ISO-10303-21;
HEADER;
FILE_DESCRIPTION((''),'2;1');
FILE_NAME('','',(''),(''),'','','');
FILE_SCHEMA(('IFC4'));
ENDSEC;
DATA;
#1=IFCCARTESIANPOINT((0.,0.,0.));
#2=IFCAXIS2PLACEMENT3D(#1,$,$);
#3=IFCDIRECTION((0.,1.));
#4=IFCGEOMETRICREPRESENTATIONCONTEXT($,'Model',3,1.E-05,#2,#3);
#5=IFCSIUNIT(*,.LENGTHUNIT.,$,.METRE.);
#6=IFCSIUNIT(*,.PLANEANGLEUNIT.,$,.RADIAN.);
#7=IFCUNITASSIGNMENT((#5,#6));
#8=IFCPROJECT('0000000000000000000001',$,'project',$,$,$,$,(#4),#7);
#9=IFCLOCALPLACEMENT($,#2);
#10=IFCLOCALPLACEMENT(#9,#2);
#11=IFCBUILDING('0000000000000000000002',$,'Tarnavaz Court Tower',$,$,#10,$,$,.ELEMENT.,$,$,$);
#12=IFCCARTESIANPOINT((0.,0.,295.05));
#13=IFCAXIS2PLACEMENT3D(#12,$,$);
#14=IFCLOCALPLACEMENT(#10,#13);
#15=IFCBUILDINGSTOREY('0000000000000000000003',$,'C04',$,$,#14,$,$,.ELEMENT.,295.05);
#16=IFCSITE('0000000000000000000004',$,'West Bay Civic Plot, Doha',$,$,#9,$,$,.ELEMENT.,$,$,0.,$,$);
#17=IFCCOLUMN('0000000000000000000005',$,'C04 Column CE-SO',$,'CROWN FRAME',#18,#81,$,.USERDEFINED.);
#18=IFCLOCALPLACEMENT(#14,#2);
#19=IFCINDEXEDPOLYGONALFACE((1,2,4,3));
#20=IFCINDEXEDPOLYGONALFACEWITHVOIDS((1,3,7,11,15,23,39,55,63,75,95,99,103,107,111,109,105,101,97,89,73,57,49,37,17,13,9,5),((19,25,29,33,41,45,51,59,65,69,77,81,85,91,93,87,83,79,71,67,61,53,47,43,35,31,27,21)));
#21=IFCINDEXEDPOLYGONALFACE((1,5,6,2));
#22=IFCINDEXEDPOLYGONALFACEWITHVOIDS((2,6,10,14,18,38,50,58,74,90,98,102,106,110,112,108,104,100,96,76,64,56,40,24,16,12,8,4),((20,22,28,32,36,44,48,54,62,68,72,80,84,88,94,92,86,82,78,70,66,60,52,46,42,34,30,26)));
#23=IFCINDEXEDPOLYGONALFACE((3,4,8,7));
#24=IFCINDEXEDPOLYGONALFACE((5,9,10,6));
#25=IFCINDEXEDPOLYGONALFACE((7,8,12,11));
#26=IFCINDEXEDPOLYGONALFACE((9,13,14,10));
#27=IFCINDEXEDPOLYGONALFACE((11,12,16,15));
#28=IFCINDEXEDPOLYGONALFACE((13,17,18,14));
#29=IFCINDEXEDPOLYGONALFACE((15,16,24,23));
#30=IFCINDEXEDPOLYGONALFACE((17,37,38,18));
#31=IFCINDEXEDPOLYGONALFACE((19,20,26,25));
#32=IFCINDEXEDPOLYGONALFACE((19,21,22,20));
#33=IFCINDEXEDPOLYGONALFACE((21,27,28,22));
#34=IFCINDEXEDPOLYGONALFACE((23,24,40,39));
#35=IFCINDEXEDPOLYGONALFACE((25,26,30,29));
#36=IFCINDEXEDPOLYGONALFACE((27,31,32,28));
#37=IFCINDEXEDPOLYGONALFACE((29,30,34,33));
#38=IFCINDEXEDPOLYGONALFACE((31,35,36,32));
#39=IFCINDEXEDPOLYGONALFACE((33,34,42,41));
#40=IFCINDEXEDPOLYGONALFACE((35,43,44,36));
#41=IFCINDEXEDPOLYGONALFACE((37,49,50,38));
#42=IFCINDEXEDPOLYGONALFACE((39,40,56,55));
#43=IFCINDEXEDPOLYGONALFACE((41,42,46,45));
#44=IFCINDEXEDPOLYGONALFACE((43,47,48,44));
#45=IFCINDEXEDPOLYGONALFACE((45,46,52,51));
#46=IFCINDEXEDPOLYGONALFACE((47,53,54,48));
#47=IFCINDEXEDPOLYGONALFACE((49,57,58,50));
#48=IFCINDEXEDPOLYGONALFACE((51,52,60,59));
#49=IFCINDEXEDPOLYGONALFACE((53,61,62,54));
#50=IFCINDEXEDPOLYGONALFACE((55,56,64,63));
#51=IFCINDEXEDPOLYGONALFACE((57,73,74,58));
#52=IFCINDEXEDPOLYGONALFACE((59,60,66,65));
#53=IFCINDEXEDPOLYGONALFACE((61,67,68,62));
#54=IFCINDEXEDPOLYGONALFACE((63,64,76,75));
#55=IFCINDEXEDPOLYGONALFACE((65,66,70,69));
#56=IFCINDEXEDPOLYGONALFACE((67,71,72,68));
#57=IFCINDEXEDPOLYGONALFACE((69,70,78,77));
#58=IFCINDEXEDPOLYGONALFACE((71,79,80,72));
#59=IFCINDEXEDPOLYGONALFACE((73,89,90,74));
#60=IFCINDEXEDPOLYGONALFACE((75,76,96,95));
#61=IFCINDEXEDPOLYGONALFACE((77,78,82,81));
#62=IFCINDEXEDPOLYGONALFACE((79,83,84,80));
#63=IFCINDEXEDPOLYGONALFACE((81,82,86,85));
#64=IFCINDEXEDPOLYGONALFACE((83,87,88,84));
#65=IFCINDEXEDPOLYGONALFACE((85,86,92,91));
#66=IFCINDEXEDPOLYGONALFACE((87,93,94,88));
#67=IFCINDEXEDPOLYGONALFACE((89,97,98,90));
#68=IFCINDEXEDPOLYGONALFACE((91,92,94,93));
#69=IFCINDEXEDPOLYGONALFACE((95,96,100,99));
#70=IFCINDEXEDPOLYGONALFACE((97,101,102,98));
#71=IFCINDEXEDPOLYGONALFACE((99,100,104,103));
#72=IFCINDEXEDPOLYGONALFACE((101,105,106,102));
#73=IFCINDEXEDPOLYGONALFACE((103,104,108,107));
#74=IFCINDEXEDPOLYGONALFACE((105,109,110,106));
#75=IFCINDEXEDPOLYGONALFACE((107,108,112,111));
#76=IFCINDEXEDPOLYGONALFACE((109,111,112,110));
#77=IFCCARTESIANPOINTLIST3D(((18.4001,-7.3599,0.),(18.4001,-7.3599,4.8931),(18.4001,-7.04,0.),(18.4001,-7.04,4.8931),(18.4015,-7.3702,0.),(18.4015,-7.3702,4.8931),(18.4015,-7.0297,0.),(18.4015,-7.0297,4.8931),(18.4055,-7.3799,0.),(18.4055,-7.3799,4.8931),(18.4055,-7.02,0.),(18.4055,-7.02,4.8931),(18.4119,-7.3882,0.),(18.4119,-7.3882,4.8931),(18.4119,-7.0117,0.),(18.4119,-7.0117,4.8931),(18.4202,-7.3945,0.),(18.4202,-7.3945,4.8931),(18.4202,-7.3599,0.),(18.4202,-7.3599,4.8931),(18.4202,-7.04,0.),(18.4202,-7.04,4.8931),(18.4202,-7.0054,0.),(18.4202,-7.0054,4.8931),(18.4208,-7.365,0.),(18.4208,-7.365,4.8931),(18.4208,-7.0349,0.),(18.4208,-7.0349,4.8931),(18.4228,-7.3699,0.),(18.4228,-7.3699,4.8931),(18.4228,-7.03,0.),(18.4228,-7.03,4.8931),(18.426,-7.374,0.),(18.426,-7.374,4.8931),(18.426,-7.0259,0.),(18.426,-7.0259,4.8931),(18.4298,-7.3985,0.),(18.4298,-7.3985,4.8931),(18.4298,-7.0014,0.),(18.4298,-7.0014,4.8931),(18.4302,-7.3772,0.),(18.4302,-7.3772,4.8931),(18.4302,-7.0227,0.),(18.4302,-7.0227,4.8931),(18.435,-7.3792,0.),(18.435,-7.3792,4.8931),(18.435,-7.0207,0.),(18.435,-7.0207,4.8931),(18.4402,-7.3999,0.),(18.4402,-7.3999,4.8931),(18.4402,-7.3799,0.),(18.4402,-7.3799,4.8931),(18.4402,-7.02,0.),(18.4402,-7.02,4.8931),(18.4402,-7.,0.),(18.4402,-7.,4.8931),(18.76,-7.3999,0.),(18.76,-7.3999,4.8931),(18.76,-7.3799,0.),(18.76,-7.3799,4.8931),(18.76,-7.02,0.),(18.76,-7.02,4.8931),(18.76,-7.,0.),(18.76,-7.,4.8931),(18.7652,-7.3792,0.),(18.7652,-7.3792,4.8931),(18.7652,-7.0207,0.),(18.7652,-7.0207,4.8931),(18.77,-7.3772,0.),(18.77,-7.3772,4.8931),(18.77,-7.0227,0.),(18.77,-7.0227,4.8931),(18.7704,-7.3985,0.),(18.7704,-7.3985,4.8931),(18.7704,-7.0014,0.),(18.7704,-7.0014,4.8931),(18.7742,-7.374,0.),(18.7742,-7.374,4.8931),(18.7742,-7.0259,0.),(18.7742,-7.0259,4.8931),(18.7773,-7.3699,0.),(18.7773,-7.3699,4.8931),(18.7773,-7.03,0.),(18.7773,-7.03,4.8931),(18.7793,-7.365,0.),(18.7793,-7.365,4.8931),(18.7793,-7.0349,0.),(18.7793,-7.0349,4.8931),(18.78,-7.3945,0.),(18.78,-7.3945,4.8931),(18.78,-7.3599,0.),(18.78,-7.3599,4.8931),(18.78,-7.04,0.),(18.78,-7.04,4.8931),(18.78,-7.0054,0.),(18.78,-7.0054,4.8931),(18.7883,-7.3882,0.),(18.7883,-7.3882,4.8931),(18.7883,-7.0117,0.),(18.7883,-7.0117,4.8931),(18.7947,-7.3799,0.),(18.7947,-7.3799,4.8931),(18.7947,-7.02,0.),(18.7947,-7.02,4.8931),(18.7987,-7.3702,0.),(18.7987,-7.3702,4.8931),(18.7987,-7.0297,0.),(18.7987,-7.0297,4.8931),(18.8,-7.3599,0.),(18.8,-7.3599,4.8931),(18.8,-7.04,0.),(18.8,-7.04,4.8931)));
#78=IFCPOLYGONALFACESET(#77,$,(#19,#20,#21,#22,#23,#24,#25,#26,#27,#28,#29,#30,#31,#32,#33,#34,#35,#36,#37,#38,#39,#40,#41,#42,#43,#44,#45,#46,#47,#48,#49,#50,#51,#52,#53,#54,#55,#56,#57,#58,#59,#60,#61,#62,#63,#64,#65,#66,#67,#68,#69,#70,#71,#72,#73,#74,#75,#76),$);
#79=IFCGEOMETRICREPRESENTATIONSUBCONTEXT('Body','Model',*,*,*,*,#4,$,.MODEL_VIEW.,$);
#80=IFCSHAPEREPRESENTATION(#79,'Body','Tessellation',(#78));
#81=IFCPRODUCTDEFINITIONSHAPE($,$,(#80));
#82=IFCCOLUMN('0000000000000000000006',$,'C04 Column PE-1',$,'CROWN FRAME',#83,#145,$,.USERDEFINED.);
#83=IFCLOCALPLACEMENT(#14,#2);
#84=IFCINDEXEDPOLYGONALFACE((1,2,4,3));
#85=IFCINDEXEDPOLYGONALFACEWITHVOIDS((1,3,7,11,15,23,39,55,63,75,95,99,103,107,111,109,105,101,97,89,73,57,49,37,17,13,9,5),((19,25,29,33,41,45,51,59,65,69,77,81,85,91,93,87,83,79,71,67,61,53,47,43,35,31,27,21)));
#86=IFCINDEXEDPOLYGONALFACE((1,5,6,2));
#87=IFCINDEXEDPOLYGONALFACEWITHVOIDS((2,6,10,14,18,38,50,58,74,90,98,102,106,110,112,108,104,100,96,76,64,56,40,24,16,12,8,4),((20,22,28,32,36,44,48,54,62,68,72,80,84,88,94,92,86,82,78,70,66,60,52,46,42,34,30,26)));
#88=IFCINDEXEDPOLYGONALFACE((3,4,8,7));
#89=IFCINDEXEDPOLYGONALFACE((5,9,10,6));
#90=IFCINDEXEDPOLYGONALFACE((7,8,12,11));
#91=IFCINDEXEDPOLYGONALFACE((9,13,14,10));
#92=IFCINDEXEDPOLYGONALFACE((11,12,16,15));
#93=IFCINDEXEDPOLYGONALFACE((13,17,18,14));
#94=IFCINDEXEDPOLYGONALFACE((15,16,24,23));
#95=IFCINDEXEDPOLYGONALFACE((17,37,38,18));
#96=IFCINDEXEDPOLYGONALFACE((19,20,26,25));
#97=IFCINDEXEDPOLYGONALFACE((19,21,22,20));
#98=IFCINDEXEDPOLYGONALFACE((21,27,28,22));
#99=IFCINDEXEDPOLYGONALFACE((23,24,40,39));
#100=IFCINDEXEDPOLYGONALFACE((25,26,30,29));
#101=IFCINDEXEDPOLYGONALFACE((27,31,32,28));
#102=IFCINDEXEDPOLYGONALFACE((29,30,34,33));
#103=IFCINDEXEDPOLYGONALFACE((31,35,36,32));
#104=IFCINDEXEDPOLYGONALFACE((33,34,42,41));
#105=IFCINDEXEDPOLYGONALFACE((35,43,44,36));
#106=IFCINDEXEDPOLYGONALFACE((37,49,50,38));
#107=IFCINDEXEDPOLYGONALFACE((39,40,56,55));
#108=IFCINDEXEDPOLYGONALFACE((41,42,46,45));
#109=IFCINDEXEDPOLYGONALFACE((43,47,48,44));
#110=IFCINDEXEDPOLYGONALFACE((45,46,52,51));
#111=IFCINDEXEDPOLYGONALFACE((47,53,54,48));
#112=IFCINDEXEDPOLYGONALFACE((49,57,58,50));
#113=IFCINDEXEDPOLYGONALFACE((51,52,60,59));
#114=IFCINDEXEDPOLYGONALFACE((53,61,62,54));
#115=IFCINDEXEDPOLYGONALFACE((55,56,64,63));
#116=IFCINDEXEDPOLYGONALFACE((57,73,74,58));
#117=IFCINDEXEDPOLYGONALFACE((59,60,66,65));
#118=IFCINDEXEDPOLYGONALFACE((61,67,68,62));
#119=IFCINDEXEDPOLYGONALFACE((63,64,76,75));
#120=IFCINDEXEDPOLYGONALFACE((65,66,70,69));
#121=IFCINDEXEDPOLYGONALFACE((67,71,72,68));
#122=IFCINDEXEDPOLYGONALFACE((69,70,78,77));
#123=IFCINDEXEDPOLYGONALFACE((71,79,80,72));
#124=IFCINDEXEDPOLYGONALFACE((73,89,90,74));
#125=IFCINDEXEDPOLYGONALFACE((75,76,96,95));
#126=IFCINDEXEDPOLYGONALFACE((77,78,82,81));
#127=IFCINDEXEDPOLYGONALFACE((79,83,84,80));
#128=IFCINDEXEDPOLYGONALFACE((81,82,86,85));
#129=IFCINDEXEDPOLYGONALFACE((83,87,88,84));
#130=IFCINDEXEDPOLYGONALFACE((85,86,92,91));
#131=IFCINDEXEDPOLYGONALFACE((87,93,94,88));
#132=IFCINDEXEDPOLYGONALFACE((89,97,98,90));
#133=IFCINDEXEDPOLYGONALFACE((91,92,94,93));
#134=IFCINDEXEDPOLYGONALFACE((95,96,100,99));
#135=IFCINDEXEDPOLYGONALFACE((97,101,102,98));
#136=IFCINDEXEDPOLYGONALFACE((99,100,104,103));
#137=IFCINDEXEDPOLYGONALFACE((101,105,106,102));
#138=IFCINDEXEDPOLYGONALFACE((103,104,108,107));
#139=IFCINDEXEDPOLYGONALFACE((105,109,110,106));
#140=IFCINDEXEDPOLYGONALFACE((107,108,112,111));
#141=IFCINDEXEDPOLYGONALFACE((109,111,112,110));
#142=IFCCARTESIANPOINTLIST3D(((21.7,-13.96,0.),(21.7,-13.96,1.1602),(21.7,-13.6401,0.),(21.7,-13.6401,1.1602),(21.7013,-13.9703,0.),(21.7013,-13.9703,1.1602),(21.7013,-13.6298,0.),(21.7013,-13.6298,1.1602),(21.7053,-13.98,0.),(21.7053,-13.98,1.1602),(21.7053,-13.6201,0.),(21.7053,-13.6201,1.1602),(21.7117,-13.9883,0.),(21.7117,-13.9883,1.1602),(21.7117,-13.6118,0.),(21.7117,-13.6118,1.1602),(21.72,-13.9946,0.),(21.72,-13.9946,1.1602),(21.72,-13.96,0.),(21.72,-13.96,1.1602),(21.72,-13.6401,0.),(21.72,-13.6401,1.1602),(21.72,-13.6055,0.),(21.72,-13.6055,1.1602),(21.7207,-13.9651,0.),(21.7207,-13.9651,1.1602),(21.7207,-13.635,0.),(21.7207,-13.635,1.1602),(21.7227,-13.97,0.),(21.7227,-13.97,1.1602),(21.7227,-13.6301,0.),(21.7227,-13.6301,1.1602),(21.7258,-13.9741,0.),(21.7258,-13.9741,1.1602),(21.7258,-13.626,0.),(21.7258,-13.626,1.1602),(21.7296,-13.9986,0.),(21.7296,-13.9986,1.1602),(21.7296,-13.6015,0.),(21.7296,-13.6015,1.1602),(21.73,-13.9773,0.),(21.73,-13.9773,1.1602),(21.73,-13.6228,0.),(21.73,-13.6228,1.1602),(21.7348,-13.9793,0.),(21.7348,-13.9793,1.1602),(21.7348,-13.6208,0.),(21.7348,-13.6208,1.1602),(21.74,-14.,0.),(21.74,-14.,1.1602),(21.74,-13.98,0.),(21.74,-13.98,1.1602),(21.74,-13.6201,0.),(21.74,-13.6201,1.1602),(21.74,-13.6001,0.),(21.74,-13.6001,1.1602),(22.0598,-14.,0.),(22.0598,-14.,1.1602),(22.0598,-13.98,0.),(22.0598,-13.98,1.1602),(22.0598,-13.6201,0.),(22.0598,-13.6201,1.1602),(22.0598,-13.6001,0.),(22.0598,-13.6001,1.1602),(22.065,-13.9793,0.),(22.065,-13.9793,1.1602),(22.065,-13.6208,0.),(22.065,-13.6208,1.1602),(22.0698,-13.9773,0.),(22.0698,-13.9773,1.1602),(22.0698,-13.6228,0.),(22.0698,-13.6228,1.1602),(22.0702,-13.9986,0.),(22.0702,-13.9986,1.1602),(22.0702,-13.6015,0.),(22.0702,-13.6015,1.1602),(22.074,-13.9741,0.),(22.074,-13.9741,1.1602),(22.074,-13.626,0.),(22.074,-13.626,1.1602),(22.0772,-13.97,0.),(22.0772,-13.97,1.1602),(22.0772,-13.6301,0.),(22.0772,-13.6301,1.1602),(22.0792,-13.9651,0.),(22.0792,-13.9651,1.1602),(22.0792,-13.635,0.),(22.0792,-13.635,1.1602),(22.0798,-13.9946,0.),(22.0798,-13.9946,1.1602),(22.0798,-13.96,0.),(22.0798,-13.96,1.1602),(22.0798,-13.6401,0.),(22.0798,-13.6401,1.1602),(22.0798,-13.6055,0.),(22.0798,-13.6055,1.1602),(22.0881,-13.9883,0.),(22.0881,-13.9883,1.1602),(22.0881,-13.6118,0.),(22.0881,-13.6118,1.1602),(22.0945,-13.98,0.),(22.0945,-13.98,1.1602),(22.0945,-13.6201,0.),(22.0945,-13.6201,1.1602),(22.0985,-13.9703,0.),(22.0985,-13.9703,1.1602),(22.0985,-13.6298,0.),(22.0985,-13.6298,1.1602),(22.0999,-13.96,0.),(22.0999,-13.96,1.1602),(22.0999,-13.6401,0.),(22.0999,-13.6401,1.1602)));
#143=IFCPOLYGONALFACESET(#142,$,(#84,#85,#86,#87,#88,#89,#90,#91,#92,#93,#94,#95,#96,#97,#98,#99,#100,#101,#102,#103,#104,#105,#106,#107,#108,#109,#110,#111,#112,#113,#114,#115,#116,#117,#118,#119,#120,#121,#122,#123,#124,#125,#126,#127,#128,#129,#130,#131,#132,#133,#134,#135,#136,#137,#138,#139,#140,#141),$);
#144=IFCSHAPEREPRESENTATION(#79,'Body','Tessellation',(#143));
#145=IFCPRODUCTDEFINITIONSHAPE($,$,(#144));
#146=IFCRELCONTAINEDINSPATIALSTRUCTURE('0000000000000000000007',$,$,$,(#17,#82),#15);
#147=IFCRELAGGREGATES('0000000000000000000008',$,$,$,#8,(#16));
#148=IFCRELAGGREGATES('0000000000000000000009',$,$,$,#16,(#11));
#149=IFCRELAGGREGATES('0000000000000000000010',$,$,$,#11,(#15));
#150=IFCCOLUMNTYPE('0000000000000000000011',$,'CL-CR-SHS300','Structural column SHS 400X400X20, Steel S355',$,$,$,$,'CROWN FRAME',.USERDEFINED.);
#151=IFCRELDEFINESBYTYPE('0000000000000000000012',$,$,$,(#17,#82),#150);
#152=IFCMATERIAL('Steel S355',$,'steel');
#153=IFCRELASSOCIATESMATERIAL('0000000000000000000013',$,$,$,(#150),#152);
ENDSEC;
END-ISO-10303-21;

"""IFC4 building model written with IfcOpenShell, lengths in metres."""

from ifc_helpers import new_model, si_unit, direction, frame, origin, origin_2d, place, context, subcontext, project, spatial, hollow_rectangle, extrude, material, material_profile, profile_set, type_object, element, save


model = new_model("IFC4")

# Units and contexts
model_context = context("Model", 3, precision=1e-05, world=origin(), true_north=direction((0.0, 1.0)))
body_context = subcontext(model_context, "Body", "Model", "MODEL_VIEW")
ifc_project = project(units=[si_unit("LENGTHUNIT", "METRE"), si_unit("PLANEANGLEUNIT", "RADIAN")], contexts=[model_context])

# Site, building, storey
site_placement = place(None, origin())
site = spatial("IfcSite", under=ifc_project, at=site_placement, Name="West Bay Civic Plot, Doha", CompositionType="ELEMENT", RefElevation=0.0)
building_placement = place(site_placement, origin())
building = spatial("IfcBuilding", under=site, at=building_placement, Name="Tarnavaz Court Tower", CompositionType="ELEMENT")
storey_placement = place(building_placement, frame((0.0, 0.0, 295.05)))
storey = spatial("IfcBuildingStorey", under=building, at=storey_placement, Name="C04", CompositionType="ELEMENT", Elevation=295.05)

# Columns
ifc_material_1 = material(Name="Steel S355", Category="steel")
ifc_material_profile_1 = material_profile(ifc_material_1, hollow_rectangle(XDim=0.3999, YDim=0.3999, WallThickness=0.02, InnerFilletRadius=0.02, OuterFilletRadius=0.04, at=origin_2d()), Name="SHS 400X400X20")
ifc_profile_set_1 = profile_set([ifc_material_profile_1], Name="Steel S355")
column_type = type_object("IfcColumnType", Name="CL-CR-SHS300", Description="Structural column SHS 400X400X20, Steel S355", ElementType="CROWN FRAME", PredefinedType="USERDEFINED", material=ifc_profile_set_1)
column_1_placement = place(storey_placement, frame((18.6001, -7.2, 0.0), z_axis=(0.0, 0.0, 1.0), x_axis=(1.0, 0.0, 0.0)))
element("IfcColumn", 1, at=column_1_placement, inside=storey, type_object=column_type, Name="C04 Column CE-SO", ObjectType="CROWN FRAME", PredefinedType="USERDEFINED", context=body_context, shape_type="SweptSolid", body=[
    extrude(hollow_rectangle(XDim=0.3999, YDim=0.3999, WallThickness=0.02, InnerFilletRadius=0.02, OuterFilletRadius=0.04, at=origin_2d()), origin(), (0.0, 0.0, 1.0), 4.8931),
])
column_2_placement = place(storey_placement, frame((21.8999, -13.8, 0.0), z_axis=(0.0, 0.0, 1.0), x_axis=(1.0, 0.0, 0.0)))
element("IfcColumn", 2, at=column_2_placement, inside=storey, type_object=column_type, Name="C04 Column PE-1", ObjectType="CROWN FRAME", PredefinedType="USERDEFINED", context=body_context, shape_type="SweptSolid", body=[
    extrude(hollow_rectangle(XDim=0.3999, YDim=0.3999, WallThickness=0.02, InnerFilletRadius=0.02, OuterFilletRadius=0.04, at=origin_2d()), origin(), (0.0, 0.0, 1.0), 1.1602),
])

save(model, "model.ifc")
